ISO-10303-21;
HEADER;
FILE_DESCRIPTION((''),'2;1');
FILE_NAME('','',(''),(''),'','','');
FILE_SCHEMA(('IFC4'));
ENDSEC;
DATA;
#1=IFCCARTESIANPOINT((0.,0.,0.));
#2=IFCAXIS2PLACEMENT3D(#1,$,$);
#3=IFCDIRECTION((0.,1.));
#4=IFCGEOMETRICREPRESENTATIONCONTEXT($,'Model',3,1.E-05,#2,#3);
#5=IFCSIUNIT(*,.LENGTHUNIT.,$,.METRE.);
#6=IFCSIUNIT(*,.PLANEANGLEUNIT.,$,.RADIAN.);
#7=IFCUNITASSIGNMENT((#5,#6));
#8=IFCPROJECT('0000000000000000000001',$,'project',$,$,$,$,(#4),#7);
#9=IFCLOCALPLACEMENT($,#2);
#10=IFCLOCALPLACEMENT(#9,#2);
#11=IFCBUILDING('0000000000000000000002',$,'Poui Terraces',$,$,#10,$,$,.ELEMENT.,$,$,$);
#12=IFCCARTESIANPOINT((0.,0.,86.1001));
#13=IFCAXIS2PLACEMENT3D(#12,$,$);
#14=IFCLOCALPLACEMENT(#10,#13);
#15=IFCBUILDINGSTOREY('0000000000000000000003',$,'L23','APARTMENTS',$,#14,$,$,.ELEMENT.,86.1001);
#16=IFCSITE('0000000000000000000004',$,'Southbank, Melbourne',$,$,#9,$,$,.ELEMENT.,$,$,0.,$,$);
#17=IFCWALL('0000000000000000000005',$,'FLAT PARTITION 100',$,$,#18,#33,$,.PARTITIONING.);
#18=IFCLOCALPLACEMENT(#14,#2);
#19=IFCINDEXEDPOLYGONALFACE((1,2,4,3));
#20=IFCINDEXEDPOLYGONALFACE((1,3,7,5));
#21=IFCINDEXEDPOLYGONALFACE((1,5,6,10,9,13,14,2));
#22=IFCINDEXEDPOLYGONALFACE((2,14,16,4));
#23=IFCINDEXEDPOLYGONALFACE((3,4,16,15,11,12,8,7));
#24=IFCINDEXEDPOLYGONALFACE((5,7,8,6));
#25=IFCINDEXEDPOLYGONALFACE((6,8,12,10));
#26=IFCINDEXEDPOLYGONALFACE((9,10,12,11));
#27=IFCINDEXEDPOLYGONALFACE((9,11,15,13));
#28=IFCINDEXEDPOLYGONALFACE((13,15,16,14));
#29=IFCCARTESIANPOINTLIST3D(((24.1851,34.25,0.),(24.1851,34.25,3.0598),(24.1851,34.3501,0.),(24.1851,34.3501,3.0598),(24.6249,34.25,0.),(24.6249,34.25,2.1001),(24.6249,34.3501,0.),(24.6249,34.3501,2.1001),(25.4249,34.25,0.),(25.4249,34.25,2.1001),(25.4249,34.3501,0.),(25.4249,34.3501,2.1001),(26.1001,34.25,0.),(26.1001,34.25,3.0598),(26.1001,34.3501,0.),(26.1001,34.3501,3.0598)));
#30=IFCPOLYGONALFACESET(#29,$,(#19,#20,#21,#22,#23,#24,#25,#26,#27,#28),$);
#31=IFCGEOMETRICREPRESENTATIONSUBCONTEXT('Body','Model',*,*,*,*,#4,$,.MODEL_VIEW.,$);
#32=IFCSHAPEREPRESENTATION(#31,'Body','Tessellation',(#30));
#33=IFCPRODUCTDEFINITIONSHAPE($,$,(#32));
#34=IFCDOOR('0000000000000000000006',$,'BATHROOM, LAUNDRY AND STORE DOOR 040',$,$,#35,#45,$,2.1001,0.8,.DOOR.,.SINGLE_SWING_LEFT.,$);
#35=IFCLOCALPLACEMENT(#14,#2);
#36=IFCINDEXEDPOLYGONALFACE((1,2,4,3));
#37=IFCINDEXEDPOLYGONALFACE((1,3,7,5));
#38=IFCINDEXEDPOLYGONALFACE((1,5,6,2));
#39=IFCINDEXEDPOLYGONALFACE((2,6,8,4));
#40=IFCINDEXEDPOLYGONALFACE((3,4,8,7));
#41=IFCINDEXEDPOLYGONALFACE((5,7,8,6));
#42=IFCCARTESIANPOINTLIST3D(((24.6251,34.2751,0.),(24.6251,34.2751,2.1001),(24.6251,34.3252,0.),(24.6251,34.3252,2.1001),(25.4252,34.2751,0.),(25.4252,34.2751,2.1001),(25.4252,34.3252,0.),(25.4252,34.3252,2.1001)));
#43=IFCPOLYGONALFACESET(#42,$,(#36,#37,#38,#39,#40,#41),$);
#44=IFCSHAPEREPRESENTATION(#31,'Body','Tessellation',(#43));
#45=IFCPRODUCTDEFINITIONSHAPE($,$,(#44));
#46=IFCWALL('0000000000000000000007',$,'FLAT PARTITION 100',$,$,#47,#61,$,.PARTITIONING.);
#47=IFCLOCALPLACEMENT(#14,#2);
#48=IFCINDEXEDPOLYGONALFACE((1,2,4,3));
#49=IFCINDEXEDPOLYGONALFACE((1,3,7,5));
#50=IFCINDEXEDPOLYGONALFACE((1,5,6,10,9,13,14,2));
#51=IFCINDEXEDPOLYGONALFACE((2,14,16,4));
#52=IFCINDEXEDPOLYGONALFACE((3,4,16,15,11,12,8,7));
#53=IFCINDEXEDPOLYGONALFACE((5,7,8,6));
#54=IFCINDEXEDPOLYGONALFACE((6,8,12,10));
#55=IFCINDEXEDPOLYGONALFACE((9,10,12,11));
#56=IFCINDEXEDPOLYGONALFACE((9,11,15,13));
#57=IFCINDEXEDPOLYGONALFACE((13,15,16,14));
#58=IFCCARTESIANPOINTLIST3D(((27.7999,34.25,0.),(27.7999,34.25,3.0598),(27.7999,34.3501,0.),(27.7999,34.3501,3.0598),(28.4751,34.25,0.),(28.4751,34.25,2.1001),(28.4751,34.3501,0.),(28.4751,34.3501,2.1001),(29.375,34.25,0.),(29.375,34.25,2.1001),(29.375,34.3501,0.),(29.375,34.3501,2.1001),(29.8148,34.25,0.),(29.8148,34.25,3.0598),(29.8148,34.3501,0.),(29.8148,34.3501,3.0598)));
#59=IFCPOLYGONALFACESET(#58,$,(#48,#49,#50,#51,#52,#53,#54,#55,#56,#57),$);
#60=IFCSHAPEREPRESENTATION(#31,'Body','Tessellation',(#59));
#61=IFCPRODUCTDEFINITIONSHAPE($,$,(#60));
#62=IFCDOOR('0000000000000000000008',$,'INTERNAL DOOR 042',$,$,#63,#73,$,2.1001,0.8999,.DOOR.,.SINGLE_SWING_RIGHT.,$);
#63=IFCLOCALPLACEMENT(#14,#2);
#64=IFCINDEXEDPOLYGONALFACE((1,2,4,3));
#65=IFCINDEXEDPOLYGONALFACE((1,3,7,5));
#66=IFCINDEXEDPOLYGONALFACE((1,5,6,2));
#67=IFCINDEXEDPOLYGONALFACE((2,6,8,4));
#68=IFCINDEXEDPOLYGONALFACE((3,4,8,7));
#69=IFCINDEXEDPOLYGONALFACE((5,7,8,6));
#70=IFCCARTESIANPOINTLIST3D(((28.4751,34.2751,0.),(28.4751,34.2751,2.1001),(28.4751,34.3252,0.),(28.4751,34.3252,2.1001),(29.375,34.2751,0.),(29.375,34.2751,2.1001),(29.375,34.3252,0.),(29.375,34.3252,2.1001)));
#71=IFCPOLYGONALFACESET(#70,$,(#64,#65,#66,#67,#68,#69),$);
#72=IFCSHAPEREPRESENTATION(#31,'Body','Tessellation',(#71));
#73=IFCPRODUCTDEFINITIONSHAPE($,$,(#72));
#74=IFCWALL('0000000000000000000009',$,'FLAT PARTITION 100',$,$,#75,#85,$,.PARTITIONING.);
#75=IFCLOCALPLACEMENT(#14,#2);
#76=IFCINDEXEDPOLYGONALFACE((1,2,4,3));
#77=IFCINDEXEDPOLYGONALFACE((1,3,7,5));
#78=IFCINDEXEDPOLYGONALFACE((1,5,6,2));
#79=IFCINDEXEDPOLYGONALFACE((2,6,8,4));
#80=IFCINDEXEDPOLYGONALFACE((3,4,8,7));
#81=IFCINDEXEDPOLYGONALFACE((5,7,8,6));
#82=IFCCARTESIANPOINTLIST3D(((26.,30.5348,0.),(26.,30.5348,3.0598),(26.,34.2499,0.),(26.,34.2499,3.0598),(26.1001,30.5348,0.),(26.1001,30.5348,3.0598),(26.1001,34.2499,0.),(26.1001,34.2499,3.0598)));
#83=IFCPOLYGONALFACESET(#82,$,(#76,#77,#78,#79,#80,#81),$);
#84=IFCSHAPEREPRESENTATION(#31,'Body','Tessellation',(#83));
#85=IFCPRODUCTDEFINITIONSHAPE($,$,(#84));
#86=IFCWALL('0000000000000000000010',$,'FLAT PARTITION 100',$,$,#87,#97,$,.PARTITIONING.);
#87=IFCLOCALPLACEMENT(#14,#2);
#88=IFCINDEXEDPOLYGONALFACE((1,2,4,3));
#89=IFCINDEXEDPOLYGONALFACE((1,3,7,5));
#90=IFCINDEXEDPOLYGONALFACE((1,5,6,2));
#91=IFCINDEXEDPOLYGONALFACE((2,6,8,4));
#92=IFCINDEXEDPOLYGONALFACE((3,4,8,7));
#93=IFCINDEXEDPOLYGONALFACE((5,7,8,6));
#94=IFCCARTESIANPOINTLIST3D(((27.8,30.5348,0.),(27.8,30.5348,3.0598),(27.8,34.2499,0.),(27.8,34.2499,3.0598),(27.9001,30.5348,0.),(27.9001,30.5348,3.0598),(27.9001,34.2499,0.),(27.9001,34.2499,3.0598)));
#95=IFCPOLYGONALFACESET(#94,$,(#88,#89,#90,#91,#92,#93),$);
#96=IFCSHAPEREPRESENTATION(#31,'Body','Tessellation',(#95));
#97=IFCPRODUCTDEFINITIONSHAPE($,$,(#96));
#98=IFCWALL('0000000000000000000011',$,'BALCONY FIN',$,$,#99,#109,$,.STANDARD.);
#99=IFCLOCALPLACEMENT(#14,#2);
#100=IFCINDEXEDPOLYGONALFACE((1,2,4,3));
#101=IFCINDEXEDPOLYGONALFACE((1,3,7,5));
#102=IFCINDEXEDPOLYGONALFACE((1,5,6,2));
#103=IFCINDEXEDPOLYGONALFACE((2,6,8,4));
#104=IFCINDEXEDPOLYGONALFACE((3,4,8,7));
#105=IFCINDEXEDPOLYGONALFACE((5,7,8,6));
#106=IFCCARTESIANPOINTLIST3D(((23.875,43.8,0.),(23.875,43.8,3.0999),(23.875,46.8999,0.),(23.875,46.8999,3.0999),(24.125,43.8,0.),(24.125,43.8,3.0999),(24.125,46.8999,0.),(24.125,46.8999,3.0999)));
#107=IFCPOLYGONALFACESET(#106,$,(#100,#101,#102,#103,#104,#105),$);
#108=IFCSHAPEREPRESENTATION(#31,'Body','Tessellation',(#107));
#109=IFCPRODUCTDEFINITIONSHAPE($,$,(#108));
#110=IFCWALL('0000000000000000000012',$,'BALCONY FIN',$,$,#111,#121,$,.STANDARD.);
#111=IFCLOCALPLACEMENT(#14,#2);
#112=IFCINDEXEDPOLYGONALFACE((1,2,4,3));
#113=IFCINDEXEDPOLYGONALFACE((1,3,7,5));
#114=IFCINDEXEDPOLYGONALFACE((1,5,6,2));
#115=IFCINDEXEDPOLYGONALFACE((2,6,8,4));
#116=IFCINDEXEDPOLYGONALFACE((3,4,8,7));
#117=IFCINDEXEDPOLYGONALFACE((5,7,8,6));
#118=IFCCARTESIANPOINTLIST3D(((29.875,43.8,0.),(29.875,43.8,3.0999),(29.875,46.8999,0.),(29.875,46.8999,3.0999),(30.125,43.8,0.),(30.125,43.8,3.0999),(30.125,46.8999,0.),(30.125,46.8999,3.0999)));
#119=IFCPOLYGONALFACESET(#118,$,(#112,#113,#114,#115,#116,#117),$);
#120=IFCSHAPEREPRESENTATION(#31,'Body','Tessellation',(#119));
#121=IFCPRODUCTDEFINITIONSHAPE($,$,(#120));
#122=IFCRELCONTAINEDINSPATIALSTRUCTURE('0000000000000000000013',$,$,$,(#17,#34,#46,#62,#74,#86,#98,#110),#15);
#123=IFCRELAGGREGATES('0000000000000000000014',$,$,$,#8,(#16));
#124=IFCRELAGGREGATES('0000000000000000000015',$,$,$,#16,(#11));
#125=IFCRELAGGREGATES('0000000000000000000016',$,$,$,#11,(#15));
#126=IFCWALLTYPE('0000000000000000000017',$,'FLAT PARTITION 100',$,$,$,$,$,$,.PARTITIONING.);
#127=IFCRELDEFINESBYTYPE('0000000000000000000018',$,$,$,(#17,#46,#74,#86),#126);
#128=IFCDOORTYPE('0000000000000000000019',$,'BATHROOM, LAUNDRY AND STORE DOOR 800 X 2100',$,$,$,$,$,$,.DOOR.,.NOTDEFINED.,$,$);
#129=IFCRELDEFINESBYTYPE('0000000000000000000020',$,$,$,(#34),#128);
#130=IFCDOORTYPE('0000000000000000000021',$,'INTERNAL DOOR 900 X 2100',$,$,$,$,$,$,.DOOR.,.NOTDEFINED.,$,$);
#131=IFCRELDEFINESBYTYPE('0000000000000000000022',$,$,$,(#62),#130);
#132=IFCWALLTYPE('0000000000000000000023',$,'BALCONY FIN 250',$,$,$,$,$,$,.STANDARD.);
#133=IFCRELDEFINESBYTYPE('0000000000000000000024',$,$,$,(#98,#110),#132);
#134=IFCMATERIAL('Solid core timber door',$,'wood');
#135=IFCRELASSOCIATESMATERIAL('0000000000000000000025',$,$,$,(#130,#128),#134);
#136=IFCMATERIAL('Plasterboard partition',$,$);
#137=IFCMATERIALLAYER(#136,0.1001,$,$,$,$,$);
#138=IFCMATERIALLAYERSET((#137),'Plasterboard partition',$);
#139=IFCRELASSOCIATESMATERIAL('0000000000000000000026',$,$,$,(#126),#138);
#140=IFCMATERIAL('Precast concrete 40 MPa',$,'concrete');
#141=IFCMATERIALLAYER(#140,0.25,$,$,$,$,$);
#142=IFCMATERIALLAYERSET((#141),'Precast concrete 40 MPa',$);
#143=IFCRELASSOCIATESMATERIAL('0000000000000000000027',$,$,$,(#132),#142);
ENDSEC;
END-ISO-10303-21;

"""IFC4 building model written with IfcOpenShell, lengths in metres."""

from ifc_helpers import new_model, si_unit, direction, frame, frame_2d, origin, place, context, subcontext, project, spatial, polyline, rectangle, outline, extrude, source, transform, mapped, material, layer, layer_set, type_object, element, fill, save


model = new_model("IFC4")

# Units and contexts
model_context = context("Model", 3, precision=1e-05, world=origin(), true_north=direction((0.0, 1.0)))
body_context = subcontext(model_context, "Body", "Model", "MODEL_VIEW")
ifc_project = project(units=[si_unit("LENGTHUNIT", "METRE"), si_unit("PLANEANGLEUNIT", "RADIAN")], contexts=[model_context])

# Site, building, storey
site_placement = place(None, origin())
site = spatial("IfcSite", under=ifc_project, at=site_placement, Name="Southbank, Melbourne", CompositionType="ELEMENT", RefElevation=0.0)
building_placement = place(site_placement, origin())
building = spatial("IfcBuilding", under=site, at=building_placement, Name="Poui Terraces", CompositionType="ELEMENT")
storey_placement = place(building_placement, frame((0.0, 0.0, 86.1001)))
storey = spatial("IfcBuildingStorey", under=building, at=storey_placement, Name="L23", Description="APARTMENTS", CompositionType="ELEMENT", Elevation=86.1001)

# Walls, openings, doors
ifc_material_1 = material(Name="Solid core timber door", Category="wood")
door_type_1 = type_object("IfcDoorType", Name="INTERNAL DOOR 900 X 2100", OperationType="NOTDEFINED", PredefinedType="DOOR", material=ifc_material_1)
ifc_material_2 = material(Name="Plasterboard partition")
ifc_layer_1 = layer(ifc_material_2, 0.1001)
ifc_layer_set_1 = layer_set([ifc_layer_1], Name="Plasterboard partition")
wall_type_1 = type_object("IfcWallType", Name="FLAT PARTITION 100", PredefinedType="PARTITIONING", material=ifc_layer_set_1)
door_type_2 = type_object("IfcDoorType", Name="BATHROOM, LAUNDRY AND STORE DOOR 800 X 2100", OperationType="NOTDEFINED", PredefinedType="DOOR", material=ifc_material_1)
wall_1_placement = place(storey_placement, frame((24.1851, 34.3, 0.0), z_axis=(0.0, 0.0, 1.0), x_axis=(1.0, 0.0, 0.0)))
wall_1 = element("IfcWall", 1, at=wall_1_placement, inside=storey, type_object=wall_type_1, Name="FLAT PARTITION 100", PredefinedType="PARTITIONING", context=body_context, shape_type="SweptSolid", body=[
    extrude(rectangle(XDim=1.915, YDim=0.1001, at=frame_2d((0.9575, 0.0))), origin(), (0.0, 0.0, 1.0), 3.0598),
])
opening_1_placement = place(wall_1_placement, frame((0.4399, 0.0, 0.0)))
opening_1 = element("IfcOpeningElement", 2, at=opening_1_placement, cuts=wall_1, PredefinedType="OPENING", context=body_context, shape_type="SweptSolid", body=[
    extrude(rectangle(XDim=0.8, YDim=2.1001, at=frame_2d((0.3999, 1.05))), frame((0.0, 0.0601, 0.0), z_axis=(0.0, -1.0, 0.0), x_axis=(1.0, 0.0, 0.0)), (0.0, 0.0, 1.0), 0.1201),
])
door_1_placement = place(opening_1_placement, frame((0.8, 0.0, 0.0), z_axis=(0.0, 0.0, 1.0), x_axis=(-1.0, 0.0, 0.0)))
door_1 = element("IfcDoor", 3, at=door_1_placement, inside=storey, type_object=door_type_2, Name="BATHROOM, LAUNDRY AND STORE DOOR 040", OperationType="SINGLE_SWING_LEFT", OverallHeight=2.1001, OverallWidth=0.8, PredefinedType="DOOR", context=body_context, shape_type="SweptSolid", body=[
    extrude(rectangle(XDim=0.8, YDim=2.1001, at=frame_2d((0.3999, 1.05))), frame((0.0, 0.0249, 0.0), z_axis=(0.0, -1.0, 0.0), x_axis=(1.0, 0.0, 0.0)), (0.0, 0.0, 1.0), 0.05),
])
fill(opening_1, door_1)
wall_2_placement = place(storey_placement, frame((27.8, 34.3, 0.0), z_axis=(0.0, 0.0, 1.0), x_axis=(1.0, 0.0, 0.0)))
wall_2 = element("IfcWall", 4, at=wall_2_placement, inside=storey, type_object=wall_type_1, Name="FLAT PARTITION 100", PredefinedType="PARTITIONING", context=body_context, shape_type="SweptSolid", body=[
    extrude(rectangle(XDim=2.0149, YDim=0.1001, at=frame_2d((1.0073, 0.0))), origin(), (0.0, 0.0, 1.0), 3.0598),
])
opening_2_placement = place(wall_2_placement, frame((0.675, 0.0, 0.0)))
opening_2 = element("IfcOpeningElement", 5, at=opening_2_placement, cuts=wall_2, PredefinedType="OPENING", context=body_context, shape_type="SweptSolid", body=[
    extrude(rectangle(XDim=0.8999, YDim=2.1001, at=frame_2d((0.45, 1.05))), frame((0.0, 0.0601, 0.0), z_axis=(0.0, -1.0, 0.0), x_axis=(1.0, 0.0, 0.0)), (0.0, 0.0, 1.0), 0.1201),
])
door_2_placement = place(opening_2_placement, frame((0.8999, 0.0, 0.0), z_axis=(0.0, 0.0, 1.0), x_axis=(-1.0, 0.0, 0.0)))
door_2 = element("IfcDoor", 6, at=door_2_placement, inside=storey, type_object=door_type_1, Name="INTERNAL DOOR 042", OperationType="SINGLE_SWING_RIGHT", OverallHeight=2.1001, OverallWidth=0.8999, PredefinedType="DOOR", context=body_context, shape_type="SweptSolid", body=[
    extrude(rectangle(XDim=0.8999, YDim=2.1001, at=frame_2d((0.45, 1.05))), frame((0.0, 0.0249, 0.0), z_axis=(0.0, -1.0, 0.0), x_axis=(1.0, 0.0, 0.0)), (0.0, 0.0, 1.0), 0.05),
])
fill(opening_2, door_2)

# Walls
for number, where, z_axis, x_axis, name in (
    (7, (26.05, 30.5349, 0.0), (0.0, 0.0, 1.0), (0.0, 1.0, 0.0), "FLAT PARTITION 100"),
    (8, (27.8501, 30.5349, 0.0), (0.0, 0.0, 1.0), (0.0, 1.0, 0.0), "FLAT PARTITION 100"),
):
    element("IfcWall", number, at=place(storey_placement, frame(where, z_axis=z_axis, x_axis=x_axis)), inside=storey, type_object=wall_type_1, Name=name, PredefinedType="PARTITIONING", context=body_context, shape_type="SweptSolid", body=[
        extrude(rectangle(XDim=3.7151, YDim=0.1001, at=frame_2d((1.8574, 0.0))), origin(), (0.0, 0.0, 1.0), 3.0598),
    ])
ifc_material_3 = material(Name="Precast concrete 40 MPa", Category="concrete")
ifc_layer_2 = layer(ifc_material_3, 0.25)
ifc_layer_set_2 = layer_set([ifc_layer_2], Name="Precast concrete 40 MPa")
wall_type_2 = type_object("IfcWallType", Name="BALCONY FIN 250", PredefinedType="STANDARD", material=ifc_layer_set_2)
shared_shape_1 = source(origin(), body_context, "Body", "SweptSolid", [
    extrude(outline(polyline([(0.0, 0.0), (0.25, 0.0), (0.25, 3.0999), (0.0, 3.0999), (0.0, 0.0)])), origin(), (0.0, 0.0, 1.0), 3.0999),
])
for number, where, name in (
    (9, (23.875, 43.8, 0.0), "BALCONY FIN"),
    (10, (29.875, 43.8, 0.0), "BALCONY FIN"),
):
    element("IfcWall", number, at=place(storey_placement, frame(where)), inside=storey, type_object=wall_type_2, Name=name, PredefinedType="STANDARD", context=body_context, shape_type="MappedRepresentation", body=[
        mapped(shared_shape_1, transform((0.0, 0.0, 0.0))),
    ])

save(model, "model.ifc")
